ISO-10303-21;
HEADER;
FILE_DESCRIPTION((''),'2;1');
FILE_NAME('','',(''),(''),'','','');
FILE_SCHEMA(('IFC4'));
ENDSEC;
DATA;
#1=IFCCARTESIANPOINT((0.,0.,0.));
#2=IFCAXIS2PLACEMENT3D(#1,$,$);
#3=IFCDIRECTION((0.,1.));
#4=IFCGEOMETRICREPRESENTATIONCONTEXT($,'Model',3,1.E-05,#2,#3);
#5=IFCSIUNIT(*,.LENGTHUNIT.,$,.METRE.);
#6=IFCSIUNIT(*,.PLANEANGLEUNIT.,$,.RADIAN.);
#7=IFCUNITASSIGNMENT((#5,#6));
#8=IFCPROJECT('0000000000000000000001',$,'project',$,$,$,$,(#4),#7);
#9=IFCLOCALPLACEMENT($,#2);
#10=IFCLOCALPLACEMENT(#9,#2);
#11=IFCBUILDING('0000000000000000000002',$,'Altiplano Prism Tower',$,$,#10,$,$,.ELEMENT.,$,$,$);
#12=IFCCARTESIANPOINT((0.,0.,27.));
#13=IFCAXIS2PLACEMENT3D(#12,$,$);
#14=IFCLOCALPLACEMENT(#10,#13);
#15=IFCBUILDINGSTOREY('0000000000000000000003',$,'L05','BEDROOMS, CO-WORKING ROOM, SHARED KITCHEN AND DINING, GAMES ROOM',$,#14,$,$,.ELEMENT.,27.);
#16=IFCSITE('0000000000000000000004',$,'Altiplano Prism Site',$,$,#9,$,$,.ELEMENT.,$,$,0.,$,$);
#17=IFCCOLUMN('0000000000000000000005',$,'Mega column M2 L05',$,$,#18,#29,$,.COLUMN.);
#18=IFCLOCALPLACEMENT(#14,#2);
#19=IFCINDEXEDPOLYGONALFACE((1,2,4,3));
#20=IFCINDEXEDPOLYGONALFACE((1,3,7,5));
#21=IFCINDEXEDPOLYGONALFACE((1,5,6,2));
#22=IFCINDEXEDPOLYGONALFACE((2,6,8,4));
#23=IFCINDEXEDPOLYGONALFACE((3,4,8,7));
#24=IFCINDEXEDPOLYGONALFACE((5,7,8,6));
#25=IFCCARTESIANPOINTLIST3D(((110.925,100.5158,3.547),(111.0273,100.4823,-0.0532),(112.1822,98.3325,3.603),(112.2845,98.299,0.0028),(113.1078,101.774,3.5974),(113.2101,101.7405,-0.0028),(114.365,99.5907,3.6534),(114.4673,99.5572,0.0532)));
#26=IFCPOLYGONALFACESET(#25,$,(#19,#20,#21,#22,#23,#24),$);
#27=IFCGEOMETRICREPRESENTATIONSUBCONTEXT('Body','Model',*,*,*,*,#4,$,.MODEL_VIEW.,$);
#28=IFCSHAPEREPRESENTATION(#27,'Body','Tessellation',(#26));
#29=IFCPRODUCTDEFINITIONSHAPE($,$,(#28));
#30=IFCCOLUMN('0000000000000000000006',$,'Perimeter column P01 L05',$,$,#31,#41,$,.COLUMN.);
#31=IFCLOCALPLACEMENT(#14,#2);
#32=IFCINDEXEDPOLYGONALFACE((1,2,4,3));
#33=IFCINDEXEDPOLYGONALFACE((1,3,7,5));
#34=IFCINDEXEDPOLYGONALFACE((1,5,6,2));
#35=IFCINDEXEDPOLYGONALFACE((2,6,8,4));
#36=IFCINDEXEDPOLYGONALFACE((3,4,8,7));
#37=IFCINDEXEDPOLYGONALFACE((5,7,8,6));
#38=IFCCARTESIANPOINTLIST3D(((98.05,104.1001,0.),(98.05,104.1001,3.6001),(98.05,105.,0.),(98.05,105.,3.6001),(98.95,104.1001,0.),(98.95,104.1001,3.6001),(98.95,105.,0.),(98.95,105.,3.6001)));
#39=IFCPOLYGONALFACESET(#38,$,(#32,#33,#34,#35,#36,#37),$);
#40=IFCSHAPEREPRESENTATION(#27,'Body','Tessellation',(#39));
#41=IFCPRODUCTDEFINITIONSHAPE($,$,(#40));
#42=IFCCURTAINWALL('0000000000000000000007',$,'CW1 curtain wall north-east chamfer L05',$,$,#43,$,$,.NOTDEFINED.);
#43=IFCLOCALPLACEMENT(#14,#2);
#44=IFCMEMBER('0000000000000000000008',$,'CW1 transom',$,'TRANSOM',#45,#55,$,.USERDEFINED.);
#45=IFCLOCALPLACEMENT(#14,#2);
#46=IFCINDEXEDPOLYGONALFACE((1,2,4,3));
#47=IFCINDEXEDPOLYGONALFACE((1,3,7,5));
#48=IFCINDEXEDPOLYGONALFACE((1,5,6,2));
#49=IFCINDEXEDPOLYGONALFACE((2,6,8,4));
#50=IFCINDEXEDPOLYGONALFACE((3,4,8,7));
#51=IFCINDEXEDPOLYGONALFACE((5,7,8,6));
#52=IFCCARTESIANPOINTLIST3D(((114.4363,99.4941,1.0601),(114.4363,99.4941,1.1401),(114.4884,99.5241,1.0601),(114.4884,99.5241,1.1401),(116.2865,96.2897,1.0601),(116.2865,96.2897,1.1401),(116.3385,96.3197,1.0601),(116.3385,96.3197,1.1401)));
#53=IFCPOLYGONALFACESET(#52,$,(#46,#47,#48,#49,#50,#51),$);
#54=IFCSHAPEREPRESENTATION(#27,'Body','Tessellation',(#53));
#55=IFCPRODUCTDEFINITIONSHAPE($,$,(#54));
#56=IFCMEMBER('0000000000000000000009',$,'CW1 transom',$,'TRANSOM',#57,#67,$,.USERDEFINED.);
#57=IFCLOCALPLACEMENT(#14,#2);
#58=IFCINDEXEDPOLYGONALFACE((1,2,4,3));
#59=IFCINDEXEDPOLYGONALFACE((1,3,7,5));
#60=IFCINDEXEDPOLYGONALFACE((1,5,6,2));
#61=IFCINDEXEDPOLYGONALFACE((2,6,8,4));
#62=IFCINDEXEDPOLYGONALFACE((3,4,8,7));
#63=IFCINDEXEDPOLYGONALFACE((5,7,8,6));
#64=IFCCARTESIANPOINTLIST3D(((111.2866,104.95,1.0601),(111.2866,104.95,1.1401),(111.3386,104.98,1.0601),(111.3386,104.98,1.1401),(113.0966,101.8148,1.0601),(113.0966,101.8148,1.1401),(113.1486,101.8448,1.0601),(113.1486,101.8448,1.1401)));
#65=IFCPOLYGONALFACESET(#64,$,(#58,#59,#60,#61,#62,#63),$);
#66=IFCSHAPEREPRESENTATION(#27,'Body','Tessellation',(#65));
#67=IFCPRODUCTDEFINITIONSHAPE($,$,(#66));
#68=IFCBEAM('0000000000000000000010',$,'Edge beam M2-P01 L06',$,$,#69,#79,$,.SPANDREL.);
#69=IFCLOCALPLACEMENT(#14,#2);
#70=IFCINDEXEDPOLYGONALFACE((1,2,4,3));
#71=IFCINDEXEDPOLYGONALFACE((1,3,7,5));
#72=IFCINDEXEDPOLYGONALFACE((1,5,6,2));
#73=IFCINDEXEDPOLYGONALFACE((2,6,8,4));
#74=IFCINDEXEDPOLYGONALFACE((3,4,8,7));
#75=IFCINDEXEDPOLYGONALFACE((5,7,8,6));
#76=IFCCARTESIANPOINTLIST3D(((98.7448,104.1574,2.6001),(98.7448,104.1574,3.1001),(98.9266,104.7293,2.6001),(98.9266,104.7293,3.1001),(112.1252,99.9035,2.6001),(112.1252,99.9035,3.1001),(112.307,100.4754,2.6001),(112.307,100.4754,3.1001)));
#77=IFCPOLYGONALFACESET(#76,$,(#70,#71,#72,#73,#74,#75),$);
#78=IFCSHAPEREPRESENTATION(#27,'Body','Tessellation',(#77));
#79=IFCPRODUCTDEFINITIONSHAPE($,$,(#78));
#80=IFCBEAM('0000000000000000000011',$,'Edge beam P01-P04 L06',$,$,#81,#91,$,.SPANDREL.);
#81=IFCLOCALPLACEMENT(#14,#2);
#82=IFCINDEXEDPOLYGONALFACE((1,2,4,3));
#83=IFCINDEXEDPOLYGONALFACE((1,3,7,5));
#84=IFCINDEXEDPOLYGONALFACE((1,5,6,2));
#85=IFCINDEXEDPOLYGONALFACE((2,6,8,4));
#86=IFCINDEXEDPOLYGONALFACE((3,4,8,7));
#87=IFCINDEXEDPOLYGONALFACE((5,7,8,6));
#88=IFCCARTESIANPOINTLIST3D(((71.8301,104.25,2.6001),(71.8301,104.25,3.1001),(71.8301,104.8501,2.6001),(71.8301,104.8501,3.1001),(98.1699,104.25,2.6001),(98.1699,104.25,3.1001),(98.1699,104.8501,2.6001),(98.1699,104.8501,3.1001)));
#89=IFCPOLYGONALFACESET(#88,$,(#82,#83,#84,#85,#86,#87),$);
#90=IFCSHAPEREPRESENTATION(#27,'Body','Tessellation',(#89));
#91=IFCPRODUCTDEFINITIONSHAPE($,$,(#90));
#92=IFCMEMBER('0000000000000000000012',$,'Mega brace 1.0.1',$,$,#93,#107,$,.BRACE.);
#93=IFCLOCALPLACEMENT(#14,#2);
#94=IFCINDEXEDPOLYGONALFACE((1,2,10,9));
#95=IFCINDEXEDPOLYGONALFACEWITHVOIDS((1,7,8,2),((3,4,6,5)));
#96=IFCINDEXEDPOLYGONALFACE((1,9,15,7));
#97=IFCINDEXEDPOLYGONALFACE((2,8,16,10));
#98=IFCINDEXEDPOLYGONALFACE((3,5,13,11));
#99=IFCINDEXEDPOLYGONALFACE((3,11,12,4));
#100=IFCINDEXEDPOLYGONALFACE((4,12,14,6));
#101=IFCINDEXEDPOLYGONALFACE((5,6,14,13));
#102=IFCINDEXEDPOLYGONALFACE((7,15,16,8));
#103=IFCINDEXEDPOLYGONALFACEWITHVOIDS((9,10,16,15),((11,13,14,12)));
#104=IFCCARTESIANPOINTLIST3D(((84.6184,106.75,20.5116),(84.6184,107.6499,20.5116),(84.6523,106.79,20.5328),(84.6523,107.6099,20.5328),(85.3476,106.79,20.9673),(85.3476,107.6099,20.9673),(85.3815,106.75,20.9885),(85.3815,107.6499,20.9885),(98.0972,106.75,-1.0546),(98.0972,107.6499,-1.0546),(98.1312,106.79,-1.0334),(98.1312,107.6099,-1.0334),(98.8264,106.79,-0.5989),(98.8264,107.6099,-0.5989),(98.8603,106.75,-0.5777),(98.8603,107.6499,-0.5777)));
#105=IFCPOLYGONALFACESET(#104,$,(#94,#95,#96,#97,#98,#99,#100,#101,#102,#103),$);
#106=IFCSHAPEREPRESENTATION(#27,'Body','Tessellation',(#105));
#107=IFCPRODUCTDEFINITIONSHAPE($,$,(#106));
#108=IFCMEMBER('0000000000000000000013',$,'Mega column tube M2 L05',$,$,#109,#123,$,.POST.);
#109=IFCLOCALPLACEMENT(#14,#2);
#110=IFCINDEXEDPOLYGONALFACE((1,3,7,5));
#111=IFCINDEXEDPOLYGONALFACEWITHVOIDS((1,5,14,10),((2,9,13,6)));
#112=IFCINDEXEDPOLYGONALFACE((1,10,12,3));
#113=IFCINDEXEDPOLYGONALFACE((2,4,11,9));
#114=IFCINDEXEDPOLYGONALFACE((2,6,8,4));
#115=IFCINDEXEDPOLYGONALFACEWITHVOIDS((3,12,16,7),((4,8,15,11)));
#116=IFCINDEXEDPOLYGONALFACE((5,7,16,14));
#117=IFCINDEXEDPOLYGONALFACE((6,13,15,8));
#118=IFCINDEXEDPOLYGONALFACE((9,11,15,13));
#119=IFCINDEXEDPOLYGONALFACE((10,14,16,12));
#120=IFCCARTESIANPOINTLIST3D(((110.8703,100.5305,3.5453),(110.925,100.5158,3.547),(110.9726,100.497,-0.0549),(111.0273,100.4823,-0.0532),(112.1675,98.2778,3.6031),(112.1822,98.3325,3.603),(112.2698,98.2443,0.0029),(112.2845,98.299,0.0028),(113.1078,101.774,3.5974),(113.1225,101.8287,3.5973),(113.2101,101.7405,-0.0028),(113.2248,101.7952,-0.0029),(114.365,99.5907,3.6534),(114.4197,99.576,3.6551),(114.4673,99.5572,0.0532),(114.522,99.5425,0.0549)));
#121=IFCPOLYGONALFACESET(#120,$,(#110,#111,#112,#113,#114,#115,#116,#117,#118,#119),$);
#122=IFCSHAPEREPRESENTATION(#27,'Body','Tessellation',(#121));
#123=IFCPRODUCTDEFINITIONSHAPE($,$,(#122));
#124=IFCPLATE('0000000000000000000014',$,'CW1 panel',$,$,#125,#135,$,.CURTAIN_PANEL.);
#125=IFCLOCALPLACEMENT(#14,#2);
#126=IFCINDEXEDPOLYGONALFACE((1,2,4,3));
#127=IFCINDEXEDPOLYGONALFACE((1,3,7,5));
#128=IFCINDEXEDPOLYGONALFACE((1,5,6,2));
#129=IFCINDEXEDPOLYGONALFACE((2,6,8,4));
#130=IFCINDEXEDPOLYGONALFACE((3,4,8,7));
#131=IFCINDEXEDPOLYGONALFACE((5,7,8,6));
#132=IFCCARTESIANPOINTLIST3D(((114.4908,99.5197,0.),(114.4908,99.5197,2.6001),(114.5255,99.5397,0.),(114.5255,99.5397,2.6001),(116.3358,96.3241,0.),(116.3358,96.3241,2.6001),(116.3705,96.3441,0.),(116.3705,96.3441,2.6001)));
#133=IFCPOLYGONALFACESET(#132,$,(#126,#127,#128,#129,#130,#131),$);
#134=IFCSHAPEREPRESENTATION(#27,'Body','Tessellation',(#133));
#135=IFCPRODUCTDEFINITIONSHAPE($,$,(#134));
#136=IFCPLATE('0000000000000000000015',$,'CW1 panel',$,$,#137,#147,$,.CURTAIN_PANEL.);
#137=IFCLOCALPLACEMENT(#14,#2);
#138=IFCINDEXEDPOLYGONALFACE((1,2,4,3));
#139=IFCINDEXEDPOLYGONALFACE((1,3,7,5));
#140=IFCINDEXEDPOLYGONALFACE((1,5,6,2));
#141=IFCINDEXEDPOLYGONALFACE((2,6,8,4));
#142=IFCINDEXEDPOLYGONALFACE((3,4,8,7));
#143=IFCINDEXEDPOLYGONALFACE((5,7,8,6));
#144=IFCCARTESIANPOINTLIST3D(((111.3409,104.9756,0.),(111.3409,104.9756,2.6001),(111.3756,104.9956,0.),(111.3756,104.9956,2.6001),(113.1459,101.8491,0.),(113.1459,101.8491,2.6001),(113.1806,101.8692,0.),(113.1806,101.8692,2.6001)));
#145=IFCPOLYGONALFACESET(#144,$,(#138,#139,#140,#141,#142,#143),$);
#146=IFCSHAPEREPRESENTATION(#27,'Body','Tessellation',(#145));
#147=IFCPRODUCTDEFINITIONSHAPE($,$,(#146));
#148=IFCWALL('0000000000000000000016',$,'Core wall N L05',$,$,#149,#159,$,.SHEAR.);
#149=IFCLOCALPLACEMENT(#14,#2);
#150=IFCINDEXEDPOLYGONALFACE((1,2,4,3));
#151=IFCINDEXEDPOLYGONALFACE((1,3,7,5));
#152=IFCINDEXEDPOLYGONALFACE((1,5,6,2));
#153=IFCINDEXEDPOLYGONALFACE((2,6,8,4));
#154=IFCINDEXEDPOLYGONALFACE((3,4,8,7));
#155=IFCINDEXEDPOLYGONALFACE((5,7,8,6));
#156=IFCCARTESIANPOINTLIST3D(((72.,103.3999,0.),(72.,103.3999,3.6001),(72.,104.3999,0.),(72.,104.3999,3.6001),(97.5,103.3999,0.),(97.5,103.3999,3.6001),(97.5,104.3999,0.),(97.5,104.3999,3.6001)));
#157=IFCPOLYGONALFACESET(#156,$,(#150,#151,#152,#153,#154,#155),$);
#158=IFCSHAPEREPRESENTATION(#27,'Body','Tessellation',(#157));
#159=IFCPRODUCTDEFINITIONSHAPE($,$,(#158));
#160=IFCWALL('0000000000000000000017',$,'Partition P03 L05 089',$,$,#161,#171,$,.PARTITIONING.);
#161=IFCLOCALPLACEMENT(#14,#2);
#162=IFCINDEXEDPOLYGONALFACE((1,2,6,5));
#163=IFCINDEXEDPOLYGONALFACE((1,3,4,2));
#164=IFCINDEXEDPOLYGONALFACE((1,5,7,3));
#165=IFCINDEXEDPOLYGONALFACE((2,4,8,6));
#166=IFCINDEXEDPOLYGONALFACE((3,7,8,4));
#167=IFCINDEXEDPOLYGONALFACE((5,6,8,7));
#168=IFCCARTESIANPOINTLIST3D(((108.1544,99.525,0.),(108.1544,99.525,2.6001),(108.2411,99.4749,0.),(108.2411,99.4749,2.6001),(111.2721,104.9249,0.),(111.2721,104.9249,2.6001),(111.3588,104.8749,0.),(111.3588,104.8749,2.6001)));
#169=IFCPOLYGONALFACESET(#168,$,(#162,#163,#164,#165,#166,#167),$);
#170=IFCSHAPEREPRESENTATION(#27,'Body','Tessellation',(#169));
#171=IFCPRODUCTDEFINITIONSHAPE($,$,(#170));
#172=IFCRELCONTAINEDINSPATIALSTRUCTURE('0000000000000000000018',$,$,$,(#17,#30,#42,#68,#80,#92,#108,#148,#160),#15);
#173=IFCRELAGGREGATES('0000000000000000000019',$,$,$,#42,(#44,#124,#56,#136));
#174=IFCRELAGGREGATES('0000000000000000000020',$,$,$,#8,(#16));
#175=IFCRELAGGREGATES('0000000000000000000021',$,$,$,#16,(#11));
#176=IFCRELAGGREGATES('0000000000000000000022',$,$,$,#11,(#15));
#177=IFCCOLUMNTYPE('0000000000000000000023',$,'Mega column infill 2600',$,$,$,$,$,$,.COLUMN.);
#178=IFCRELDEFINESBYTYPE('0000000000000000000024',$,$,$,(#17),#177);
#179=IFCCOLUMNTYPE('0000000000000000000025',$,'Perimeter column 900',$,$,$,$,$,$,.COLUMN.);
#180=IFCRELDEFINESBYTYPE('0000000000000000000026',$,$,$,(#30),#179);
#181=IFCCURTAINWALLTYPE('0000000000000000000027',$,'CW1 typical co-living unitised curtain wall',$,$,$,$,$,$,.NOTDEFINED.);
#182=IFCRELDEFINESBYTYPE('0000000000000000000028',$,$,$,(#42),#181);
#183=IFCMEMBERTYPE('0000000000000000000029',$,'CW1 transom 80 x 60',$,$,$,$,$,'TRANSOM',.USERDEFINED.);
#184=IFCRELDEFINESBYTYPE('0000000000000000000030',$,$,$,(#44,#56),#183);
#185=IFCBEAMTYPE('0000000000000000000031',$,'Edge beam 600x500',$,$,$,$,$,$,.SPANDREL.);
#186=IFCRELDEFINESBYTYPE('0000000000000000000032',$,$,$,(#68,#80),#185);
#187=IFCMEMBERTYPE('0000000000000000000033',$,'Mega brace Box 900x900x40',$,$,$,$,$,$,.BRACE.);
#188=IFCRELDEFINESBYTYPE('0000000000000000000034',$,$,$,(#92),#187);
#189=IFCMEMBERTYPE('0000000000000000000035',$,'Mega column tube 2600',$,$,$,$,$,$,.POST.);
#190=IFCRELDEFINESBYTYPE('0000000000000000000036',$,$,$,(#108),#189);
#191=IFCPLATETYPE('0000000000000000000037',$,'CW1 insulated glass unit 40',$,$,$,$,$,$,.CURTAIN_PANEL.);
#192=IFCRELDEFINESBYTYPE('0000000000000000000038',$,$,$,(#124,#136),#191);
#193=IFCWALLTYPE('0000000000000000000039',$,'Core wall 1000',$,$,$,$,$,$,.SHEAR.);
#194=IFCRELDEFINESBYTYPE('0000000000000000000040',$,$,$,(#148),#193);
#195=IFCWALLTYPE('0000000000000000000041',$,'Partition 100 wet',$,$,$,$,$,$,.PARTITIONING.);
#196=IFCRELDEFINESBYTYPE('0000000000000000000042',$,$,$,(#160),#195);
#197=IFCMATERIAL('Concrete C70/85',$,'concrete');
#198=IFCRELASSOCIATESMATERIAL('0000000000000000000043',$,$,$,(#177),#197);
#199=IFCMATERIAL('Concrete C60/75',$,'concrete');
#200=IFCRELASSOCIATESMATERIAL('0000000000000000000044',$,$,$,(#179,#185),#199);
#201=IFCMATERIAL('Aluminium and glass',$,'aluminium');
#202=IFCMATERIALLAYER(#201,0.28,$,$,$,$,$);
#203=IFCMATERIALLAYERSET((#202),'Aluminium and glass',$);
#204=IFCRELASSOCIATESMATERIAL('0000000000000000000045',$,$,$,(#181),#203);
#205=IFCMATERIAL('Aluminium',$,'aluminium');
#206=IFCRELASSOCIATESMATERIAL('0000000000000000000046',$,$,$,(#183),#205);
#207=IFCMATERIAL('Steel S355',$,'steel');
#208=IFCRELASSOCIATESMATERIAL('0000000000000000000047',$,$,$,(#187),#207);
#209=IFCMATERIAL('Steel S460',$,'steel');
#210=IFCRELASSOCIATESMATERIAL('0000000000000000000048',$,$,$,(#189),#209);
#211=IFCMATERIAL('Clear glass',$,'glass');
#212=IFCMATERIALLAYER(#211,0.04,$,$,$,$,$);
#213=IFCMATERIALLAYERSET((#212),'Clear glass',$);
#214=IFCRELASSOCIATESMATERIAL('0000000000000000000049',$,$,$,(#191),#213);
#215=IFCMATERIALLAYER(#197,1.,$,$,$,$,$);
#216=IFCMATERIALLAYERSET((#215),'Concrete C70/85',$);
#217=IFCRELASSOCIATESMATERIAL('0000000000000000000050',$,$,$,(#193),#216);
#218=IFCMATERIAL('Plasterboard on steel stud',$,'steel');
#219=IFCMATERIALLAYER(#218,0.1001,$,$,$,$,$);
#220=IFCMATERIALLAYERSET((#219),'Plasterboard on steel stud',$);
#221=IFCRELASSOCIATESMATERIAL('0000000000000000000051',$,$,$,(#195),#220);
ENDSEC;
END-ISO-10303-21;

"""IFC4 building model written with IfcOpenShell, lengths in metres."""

from ifc_helpers import new_model, si_unit, direction, frame, frame_2d, origin, origin_2d, place, context, subcontext, project, spatial, rectangle, hollow_rectangle, extrude, material, layer, layer_set, material_profile, profile_set, type_object, element, aggregate, save


model = new_model("IFC4")

# Units and contexts
model_context = context("Model", 3, precision=1e-05, world=origin(), true_north=direction((0.0, 1.0)))
body_context = subcontext(model_context, "Body", "Model", "MODEL_VIEW")
ifc_project = project(units=[si_unit("LENGTHUNIT", "METRE"), si_unit("PLANEANGLEUNIT", "RADIAN")], contexts=[model_context])

# Site, building, storey
site_placement = place(None, origin())
site = spatial("IfcSite", under=ifc_project, at=site_placement, Name="Altiplano Prism Site", CompositionType="ELEMENT", RefElevation=0.0)
building_placement = place(site_placement, origin())
building = spatial("IfcBuilding", under=site, at=building_placement, Name="Altiplano Prism Tower", CompositionType="ELEMENT")
storey_placement = place(building_placement, frame((0.0, 0.0, 27.0)))
storey = spatial("IfcBuildingStorey", under=building, at=storey_placement, Name="L05", Description="BEDROOMS, CO-WORKING ROOM, SHARED KITCHEN AND DINING, GAMES ROOM", CompositionType="ELEMENT", Elevation=27.0)

# Columns
ifc_material_1 = material(Name="Concrete C70/85", Category="concrete")
ifc_material_profile_1 = material_profile(ifc_material_1, rectangle(XDim=2.52, YDim=2.52, at=origin_2d()), Name="Mega column infill 2600")
ifc_profile_set_1 = profile_set([ifc_material_profile_1], Name="Concrete C70/85")
column_type_1 = type_object("IfcColumnType", Name="Mega column infill 2600", PredefinedType="COLUMN", material=ifc_profile_set_1)
column_1_placement = place(storey_placement, frame((112.7473, 100.0198, 0.0), z_axis=(-0.028402, 0.009287, 0.999553), x_axis=(0.498884, -0.866384, 0.022225)))
element("IfcColumn", 1, at=column_1_placement, inside=storey, type_object=column_type_1, Name="Mega column M2 L05", PredefinedType="COLUMN", context=body_context, shape_type="SweptSolid", body=[
    extrude(rectangle(XDim=2.52, YDim=2.52, at=origin_2d()), origin(), (0.0, 0.0, 1.0), 3.6018),
])
ifc_material_2 = material(Name="Concrete C60/75", Category="concrete")
ifc_material_profile_2 = material_profile(ifc_material_2, rectangle(XDim=0.8999, YDim=0.8999, at=origin_2d()), Name="Perimeter column 900")
ifc_profile_set_2 = profile_set([ifc_material_profile_2], Name="Concrete C60/75")
column_type_2 = type_object("IfcColumnType", Name="Perimeter column 900", PredefinedType="COLUMN", material=ifc_profile_set_2)
column_2_placement = place(storey_placement, frame((98.5, 104.55, 0.0), z_axis=(0.0, 0.0, 1.0), x_axis=(1.0, 0.0, 0.0)))
element("IfcColumn", 2, at=column_2_placement, inside=storey, type_object=column_type_2, Name="Perimeter column P01 L05", PredefinedType="COLUMN", context=body_context, shape_type="SweptSolid", body=[
    extrude(rectangle(XDim=0.8999, YDim=0.8999, at=origin_2d()), origin(), (0.0, 0.0, 1.0), 3.6001),
])

# Curtain wall, members
ifc_material_3 = material(Name="Aluminium and glass", Category="aluminium")
ifc_layer_1 = layer(ifc_material_3, 0.28)
ifc_layer_set_1 = layer_set([ifc_layer_1], Name="Aluminium and glass")
curtain_wall_type = type_object("IfcCurtainWallType", Name="CW1 typical co-living unitised curtain wall", PredefinedType="NOTDEFINED", material=ifc_layer_set_1)
curtain_wall_placement = place(storey_placement, origin())
curtain_wall = element("IfcCurtainWall", 3, at=curtain_wall_placement, inside=storey, type_object=curtain_wall_type, Name="CW1 curtain wall north-east chamfer L05", PredefinedType="NOTDEFINED")
ifc_material_4 = material(Name="Aluminium", Category="aluminium")
ifc_material_profile_3 = material_profile(ifc_material_4, rectangle(XDim=0.0601, YDim=0.0801, at=origin_2d()), Name="CW1 transom 80 x 60")
ifc_profile_set_3 = profile_set([ifc_material_profile_3], Name="Aluminium")
member_type_1 = type_object("IfcMemberType", Name="CW1 transom 80 x 60", ElementType="TRANSOM", PredefinedType="USERDEFINED", material=ifc_profile_set_3)
member_1_placement = place(storey_placement, frame((116.3125, 96.3047, 1.1001), z_axis=(-0.500014, 0.866017, 0.0), x_axis=(-0.866017, -0.500014, 0.0)))
member_1 = element("IfcMember", 4, at=member_1_placement, type_object=member_type_1, Name="CW1 transom", ObjectType="TRANSOM", PredefinedType="USERDEFINED", context=body_context, shape_type="SweptSolid", body=[
    extrude(rectangle(XDim=0.0601, YDim=0.0801, at=origin_2d()), origin(), (0.0, 0.0, 1.0), 3.7002),
])
member_2_placement = place(storey_placement, frame((113.1226, 101.8298, 1.1001), z_axis=(-0.499983, 0.866035, 0.0), x_axis=(-0.866035, -0.499983, 0.0)))
member_2 = element("IfcMember", 5, at=member_2_placement, type_object=member_type_1, Name="CW1 transom", ObjectType="TRANSOM", PredefinedType="USERDEFINED", context=body_context, shape_type="SweptSolid", body=[
    extrude(rectangle(XDim=0.0601, YDim=0.0801, at=origin_2d()), origin(), (0.0, 0.0, 1.0), 3.6201),
])

# Beams
ifc_material_profile_4 = material_profile(ifc_material_2, rectangle(XDim=0.6001, YDim=0.5, at=origin_2d()), Name="Edge beam 600x500")
ifc_profile_set_4 = profile_set([ifc_material_profile_4], Name="Concrete C60/75")
beam_type = type_object("IfcBeamType", Name="Edge beam 600x500", PredefinedType="SPANDREL", material=ifc_profile_set_4)
beam_1_placement = place(storey_placement, frame((112.2161, 100.1895, 2.8501), z_axis=(-0.952997, 0.302978, 0.0), x_axis=(-0.302978, -0.952997, 0.0)))
element("IfcBeam", 6, at=beam_1_placement, inside=storey, type_object=beam_type, Name="Edge beam M2-P01 L06", PredefinedType="SPANDREL", context=body_context, shape_type="SweptSolid", body=[
    extrude(rectangle(XDim=0.6001, YDim=0.5, at=origin_2d()), origin(), (0.0, 0.0, 1.0), 14.0403),
])
beam_2_placement = place(storey_placement, frame((98.1699, 104.55, 2.8501), z_axis=(-1.0, 0.0, 0.0), x_axis=(0.0, -1.0, 0.0)))
element("IfcBeam", 7, at=beam_2_placement, inside=storey, type_object=beam_type, Name="Edge beam P01-P04 L06", PredefinedType="SPANDREL", context=body_context, shape_type="SweptSolid", body=[
    extrude(rectangle(XDim=0.6001, YDim=0.5, at=origin_2d()), origin(), (0.0, 0.0, 1.0), 26.3398),
])

# Members
ifc_material_5 = material(Name="Steel S355", Category="steel")
ifc_material_profile_5 = material_profile(ifc_material_5, hollow_rectangle(XDim=0.8999, YDim=0.8999, WallThickness=0.04, at=origin_2d()), Name="Mega brace Box 900x900x40")
ifc_profile_set_5 = profile_set([ifc_material_profile_5], Name="Steel S355")
member_type_2 = type_object("IfcMemberType", Name="Mega brace Box 900x900x40", PredefinedType="BRACE", material=ifc_profile_set_5)
member_3_placement = place(storey_placement, frame((98.4788, 107.2, -0.8162), z_axis=(-0.529996, 0.0, 0.848), x_axis=(0.0, -1.0, 0.0)))
element("IfcMember", 8, at=member_3_placement, inside=storey, type_object=member_type_2, Name="Mega brace 1.0.1", PredefinedType="BRACE", context=body_context, shape_type="SweptSolid", body=[
    extrude(hollow_rectangle(XDim=0.8999, YDim=0.8999, WallThickness=0.04, at=origin_2d()), origin(), (0.0, 0.0, 1.0), 25.4319),
])
ifc_material_6 = material(Name="Steel S460", Category="steel")
ifc_material_profile_6 = material_profile(ifc_material_6, hollow_rectangle(XDim=2.6001, YDim=2.6001, WallThickness=0.04, at=origin_2d()), Name="Mega column tube 2600")
ifc_profile_set_6 = profile_set([ifc_material_profile_6], Name="Steel S460")
member_type_3 = type_object("IfcMemberType", Name="Mega column tube 2600", PredefinedType="POST", material=ifc_profile_set_6)
member_4_placement = place(storey_placement, frame((112.7473, 100.0198, 0.0), z_axis=(-0.028402, 0.009287, 0.999553), x_axis=(0.498884, -0.866384, 0.022225)))
element("IfcMember", 9, at=member_4_placement, inside=storey, type_object=member_type_3, Name="Mega column tube M2 L05", PredefinedType="POST", context=body_context, shape_type="SweptSolid", body=[
    extrude(hollow_rectangle(XDim=2.6001, YDim=2.6001, WallThickness=0.04, at=origin_2d()), origin(), (0.0, 0.0, 1.0), 3.6018),
])

# Plates
ifc_material_7 = material(Name="Clear glass", Category="glass")
ifc_layer_2 = layer(ifc_material_7, 0.04)
ifc_layer_set_2 = layer_set([ifc_layer_2], Name="Clear glass")
plate_type = type_object("IfcPlateType", Name="CW1 insulated glass unit 40", PredefinedType="CURTAIN_PANEL", material=ifc_layer_set_2)
plate_1_placement = place(storey_placement, frame((115.4307, 97.9319, 0.0), z_axis=(0.0, 0.0, 1.0), x_axis=(-0.5, 0.866025, 0.0)))
plate_1 = element("IfcPlate", 10, at=plate_1_placement, type_object=plate_type, Name="CW1 panel", PredefinedType="CURTAIN_PANEL", context=body_context, shape_type="SweptSolid", body=[
    extrude(rectangle(XDim=3.6899, YDim=0.04, at=origin_2d()), origin(), (0.0, 0.0, 1.0), 2.6001),
])
plate_2_placement = place(storey_placement, frame((112.2607, 103.4224, 0.0), z_axis=(0.0, 0.0, 1.0), x_axis=(-0.5, 0.866025, 0.0)))
plate_2 = element("IfcPlate", 11, at=plate_2_placement, type_object=plate_type, Name="CW1 panel", PredefinedType="CURTAIN_PANEL", context=body_context, shape_type="SweptSolid", body=[
    extrude(rectangle(XDim=3.6101, YDim=0.04, at=origin_2d()), origin(), (0.0, 0.0, 1.0), 2.6001),
])
aggregate(curtain_wall, [member_1, plate_1, member_2, plate_2])

# Walls
ifc_layer_3 = layer(ifc_material_1, 1.0)
ifc_layer_set_3 = layer_set([ifc_layer_3], Name="Concrete C70/85")
wall_type_1 = type_object("IfcWallType", Name="Core wall 1000", PredefinedType="SHEAR", material=ifc_layer_set_3)
wall_1_placement = place(storey_placement, frame((97.5, 103.8999, 0.0), z_axis=(0.0, 0.0, 1.0), x_axis=(-1.0, 0.0, 0.0)))
element("IfcWall", 12, at=wall_1_placement, inside=storey, type_object=wall_type_1, Name="Core wall N L05", PredefinedType="SHEAR", context=body_context, shape_type="SweptSolid", body=[
    extrude(rectangle(XDim=25.5, YDim=1.0, at=frame_2d((12.75, 0.0))), origin(), (0.0, 0.0, 1.0), 3.6001),
])
ifc_material_8 = material(Name="Plasterboard on steel stud", Category="steel")
ifc_layer_4 = layer(ifc_material_8, 0.1001)
ifc_layer_set_4 = layer_set([ifc_layer_4], Name="Plasterboard on steel stud")
wall_type_2 = type_object("IfcWallType", Name="Partition 100 wet", PredefinedType="PARTITIONING", material=ifc_layer_set_4)
wall_2_placement = place(storey_placement, frame((111.3154, 104.8999, 0.0), z_axis=(0.0, 0.0, 1.0), x_axis=(-0.500005, -0.866023, 0.0)))
element("IfcWall", 13, at=wall_2_placement, inside=storey, type_object=wall_type_2, Name="Partition P03 L05 089", PredefinedType="PARTITIONING", context=body_context, shape_type="SweptSolid", body=[
    extrude(rectangle(XDim=6.2354, YDim=0.1001, at=frame_2d((3.1177, 0.0))), origin(), (0.0, 0.0, 1.0), 2.6001),
])

save(model, "model.ifc")
